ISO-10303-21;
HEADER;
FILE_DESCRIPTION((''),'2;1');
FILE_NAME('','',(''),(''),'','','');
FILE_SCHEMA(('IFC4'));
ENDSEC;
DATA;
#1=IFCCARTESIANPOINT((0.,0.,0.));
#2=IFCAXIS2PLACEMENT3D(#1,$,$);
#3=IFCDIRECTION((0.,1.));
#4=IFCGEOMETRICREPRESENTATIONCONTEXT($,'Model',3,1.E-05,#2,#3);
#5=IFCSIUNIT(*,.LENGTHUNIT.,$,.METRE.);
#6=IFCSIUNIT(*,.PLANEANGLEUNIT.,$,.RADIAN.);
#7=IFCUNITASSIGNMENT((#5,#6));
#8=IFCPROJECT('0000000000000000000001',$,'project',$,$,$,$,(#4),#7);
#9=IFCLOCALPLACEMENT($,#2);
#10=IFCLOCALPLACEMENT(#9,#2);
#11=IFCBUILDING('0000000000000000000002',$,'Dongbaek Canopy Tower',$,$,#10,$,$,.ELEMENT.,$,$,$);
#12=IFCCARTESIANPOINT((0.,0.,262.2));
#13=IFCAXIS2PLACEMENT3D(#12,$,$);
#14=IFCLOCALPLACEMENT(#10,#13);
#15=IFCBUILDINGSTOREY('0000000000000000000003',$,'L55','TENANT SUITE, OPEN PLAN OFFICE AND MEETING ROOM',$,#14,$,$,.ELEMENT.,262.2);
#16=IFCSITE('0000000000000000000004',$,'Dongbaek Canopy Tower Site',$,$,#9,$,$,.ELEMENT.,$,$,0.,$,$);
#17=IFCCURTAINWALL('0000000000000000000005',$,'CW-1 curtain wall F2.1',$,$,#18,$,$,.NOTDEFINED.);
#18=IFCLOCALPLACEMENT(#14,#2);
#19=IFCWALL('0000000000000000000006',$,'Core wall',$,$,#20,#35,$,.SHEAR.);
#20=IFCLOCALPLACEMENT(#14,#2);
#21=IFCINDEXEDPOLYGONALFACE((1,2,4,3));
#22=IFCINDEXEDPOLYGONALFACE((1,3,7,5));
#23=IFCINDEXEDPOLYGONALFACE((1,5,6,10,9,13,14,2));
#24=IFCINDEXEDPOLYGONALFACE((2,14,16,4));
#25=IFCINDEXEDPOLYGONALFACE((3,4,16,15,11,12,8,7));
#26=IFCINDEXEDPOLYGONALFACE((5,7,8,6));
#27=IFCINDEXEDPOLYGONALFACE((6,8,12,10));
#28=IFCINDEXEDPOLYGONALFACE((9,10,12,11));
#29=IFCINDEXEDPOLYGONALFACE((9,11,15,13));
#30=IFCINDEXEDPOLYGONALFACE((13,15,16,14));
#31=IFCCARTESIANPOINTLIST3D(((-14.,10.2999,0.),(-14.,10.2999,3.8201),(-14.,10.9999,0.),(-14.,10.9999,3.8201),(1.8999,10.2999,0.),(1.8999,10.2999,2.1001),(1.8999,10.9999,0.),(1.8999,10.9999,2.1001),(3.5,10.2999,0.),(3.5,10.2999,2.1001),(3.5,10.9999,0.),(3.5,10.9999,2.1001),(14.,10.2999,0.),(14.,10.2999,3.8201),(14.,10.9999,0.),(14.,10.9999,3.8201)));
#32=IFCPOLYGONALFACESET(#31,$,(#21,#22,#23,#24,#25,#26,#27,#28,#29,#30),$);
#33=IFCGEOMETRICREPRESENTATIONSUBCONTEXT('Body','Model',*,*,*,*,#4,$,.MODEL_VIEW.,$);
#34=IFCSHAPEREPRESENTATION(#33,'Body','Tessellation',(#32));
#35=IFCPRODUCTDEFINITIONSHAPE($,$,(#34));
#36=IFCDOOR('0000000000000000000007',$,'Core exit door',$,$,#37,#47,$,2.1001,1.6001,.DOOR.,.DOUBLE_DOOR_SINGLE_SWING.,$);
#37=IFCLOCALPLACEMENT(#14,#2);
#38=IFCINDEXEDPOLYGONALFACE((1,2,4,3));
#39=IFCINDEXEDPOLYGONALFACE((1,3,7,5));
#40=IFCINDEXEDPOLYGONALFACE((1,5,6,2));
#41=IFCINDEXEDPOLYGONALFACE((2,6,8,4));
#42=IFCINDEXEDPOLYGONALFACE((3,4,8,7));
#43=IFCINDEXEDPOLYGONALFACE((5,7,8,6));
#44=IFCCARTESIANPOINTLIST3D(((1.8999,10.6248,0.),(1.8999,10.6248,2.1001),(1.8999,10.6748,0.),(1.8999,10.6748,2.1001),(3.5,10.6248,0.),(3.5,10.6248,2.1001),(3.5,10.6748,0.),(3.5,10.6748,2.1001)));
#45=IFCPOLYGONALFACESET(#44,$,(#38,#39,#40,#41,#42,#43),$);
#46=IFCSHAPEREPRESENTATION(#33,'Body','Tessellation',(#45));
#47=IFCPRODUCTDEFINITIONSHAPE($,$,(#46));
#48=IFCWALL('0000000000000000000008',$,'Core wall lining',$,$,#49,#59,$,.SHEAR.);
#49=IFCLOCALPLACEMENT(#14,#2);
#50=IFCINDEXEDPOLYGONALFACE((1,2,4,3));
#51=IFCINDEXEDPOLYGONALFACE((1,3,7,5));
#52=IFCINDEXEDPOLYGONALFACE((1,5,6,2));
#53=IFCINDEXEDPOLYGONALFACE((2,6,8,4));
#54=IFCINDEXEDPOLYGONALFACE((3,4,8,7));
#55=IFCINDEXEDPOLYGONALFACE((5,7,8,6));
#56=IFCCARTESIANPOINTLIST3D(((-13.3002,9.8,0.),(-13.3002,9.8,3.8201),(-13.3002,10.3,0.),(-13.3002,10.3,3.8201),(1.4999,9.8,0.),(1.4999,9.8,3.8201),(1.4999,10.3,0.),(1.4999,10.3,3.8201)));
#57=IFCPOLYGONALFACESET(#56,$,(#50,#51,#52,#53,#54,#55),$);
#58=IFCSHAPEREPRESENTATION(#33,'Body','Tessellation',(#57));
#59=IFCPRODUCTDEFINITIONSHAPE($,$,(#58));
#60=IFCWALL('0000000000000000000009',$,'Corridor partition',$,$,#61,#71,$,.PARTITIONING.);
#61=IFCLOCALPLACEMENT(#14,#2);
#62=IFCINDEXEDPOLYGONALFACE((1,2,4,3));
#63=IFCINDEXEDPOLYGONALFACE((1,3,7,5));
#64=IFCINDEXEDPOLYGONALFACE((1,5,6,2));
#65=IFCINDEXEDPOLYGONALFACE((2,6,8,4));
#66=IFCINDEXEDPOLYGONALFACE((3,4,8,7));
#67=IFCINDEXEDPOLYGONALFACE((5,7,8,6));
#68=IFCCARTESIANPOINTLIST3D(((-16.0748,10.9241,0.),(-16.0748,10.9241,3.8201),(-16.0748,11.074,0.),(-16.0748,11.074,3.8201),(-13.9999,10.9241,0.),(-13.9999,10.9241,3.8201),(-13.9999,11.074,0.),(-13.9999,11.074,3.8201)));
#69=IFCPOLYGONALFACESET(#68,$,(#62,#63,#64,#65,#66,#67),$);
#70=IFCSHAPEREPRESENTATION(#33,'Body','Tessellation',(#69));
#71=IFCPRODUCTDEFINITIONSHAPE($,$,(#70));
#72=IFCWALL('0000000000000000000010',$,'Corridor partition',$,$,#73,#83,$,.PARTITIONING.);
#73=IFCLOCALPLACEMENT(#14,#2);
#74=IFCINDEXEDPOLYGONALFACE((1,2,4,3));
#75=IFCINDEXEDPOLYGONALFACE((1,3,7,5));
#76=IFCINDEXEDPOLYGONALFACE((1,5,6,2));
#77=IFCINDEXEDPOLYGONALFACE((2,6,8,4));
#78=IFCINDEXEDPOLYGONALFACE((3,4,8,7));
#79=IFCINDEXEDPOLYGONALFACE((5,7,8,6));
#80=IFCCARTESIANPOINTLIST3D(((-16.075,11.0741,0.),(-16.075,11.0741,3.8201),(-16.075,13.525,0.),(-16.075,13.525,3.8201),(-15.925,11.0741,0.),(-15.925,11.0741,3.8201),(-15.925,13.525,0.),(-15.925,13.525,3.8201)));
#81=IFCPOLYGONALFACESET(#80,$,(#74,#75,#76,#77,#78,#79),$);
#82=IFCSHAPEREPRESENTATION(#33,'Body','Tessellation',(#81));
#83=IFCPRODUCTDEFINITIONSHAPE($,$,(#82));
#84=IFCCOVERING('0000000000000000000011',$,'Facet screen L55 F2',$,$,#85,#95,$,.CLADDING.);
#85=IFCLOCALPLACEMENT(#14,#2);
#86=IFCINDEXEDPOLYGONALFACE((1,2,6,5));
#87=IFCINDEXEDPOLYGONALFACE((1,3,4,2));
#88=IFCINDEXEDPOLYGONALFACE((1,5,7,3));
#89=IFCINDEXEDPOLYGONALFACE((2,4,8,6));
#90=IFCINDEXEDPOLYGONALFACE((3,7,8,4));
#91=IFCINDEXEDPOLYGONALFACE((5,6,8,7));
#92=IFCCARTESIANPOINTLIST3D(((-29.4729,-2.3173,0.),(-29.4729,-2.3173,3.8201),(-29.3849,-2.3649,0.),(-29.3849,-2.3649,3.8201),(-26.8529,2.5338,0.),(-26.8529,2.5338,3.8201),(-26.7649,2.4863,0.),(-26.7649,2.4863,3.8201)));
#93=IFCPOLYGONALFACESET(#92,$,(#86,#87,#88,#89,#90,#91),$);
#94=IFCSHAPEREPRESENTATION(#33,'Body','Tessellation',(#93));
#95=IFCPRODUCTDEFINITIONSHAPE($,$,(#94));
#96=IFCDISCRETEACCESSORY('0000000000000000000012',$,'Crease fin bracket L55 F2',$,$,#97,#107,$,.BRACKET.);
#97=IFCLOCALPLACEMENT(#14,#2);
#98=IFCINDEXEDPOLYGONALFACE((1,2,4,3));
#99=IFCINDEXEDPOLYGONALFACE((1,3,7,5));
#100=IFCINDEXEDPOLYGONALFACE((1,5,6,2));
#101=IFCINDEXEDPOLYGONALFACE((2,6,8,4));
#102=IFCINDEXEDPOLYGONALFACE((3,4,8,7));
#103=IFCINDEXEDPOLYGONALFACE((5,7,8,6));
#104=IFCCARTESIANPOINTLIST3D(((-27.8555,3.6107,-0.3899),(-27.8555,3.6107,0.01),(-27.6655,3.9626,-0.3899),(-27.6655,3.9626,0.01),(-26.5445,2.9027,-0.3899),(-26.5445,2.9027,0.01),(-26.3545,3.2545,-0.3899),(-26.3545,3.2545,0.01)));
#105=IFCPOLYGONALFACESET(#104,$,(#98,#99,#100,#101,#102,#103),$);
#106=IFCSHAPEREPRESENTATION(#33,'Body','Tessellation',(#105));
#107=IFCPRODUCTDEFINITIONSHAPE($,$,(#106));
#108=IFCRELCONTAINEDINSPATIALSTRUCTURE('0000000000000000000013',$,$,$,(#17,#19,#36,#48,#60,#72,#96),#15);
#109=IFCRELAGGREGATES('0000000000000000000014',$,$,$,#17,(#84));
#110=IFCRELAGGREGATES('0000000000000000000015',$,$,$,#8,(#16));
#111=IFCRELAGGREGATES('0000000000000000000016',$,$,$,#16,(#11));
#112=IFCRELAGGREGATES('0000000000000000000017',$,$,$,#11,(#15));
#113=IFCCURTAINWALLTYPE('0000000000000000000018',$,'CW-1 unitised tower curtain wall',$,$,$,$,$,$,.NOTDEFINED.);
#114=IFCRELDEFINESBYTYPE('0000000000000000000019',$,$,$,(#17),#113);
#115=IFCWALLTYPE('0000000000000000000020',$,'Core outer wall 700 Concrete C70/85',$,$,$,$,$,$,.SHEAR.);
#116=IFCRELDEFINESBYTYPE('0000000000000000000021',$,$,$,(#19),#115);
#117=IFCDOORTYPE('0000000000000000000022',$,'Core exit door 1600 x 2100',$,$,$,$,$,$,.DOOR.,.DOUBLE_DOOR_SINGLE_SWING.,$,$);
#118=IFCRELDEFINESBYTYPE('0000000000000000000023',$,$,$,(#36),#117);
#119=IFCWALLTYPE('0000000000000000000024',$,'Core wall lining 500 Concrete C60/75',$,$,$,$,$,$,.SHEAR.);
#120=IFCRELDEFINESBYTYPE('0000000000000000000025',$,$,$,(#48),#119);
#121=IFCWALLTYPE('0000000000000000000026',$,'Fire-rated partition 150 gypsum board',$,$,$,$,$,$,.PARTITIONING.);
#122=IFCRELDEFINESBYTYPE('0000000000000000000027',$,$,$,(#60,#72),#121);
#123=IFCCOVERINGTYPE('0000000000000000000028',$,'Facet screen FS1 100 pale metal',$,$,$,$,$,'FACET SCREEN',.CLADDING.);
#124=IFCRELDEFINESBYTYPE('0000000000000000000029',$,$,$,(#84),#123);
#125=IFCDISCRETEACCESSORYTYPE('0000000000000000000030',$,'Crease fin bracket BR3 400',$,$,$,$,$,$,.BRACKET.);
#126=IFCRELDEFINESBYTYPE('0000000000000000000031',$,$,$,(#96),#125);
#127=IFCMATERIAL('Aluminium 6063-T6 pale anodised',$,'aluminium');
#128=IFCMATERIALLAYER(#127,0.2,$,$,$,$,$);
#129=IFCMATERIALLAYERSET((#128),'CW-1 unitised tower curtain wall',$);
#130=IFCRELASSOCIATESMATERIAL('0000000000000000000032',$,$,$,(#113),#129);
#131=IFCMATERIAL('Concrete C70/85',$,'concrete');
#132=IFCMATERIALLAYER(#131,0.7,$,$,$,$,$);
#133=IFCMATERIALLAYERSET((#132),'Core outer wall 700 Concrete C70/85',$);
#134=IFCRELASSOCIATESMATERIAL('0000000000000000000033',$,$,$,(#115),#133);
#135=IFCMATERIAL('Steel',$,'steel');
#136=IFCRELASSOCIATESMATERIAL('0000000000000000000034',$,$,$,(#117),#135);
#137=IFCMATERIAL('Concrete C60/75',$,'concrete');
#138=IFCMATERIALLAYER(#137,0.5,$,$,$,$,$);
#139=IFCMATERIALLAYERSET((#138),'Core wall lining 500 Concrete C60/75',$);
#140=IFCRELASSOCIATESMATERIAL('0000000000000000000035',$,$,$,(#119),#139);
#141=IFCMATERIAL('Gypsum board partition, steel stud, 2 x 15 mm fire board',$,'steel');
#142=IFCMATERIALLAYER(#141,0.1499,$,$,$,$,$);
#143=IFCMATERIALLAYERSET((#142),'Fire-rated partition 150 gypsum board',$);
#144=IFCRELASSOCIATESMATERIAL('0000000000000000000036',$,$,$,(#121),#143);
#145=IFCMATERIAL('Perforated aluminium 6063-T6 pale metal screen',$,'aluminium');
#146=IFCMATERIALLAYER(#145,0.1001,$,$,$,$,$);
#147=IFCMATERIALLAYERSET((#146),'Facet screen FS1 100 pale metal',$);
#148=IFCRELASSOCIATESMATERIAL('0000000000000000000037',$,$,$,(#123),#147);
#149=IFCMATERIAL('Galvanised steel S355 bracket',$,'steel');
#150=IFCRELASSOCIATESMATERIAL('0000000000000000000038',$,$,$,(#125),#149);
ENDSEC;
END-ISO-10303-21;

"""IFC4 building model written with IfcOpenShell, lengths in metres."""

from ifc_helpers import new_model, si_unit, direction, frame, frame_2d, origin, origin_2d, place, context, subcontext, project, spatial, rectangle, extrude, material, layer, layer_set, type_object, element, fill, aggregate, save


model = new_model("IFC4")

# Units and contexts
model_context = context("Model", 3, precision=1e-05, world=origin(), true_north=direction((0.0, 1.0)))
body_context = subcontext(model_context, "Body", "Model", "MODEL_VIEW")
ifc_project = project(units=[si_unit("LENGTHUNIT", "METRE"), si_unit("PLANEANGLEUNIT", "RADIAN")], contexts=[model_context])

# Site, building, storey
site_placement = place(None, origin())
site = spatial("IfcSite", under=ifc_project, at=site_placement, Name="Dongbaek Canopy Tower Site", CompositionType="ELEMENT", RefElevation=0.0)
building_placement = place(site_placement, origin())
building = spatial("IfcBuilding", under=site, at=building_placement, Name="Dongbaek Canopy Tower", CompositionType="ELEMENT")
storey_placement = place(building_placement, frame((0.0, 0.0, 262.2)))
storey = spatial("IfcBuildingStorey", under=building, at=storey_placement, Name="L55", Description="TENANT SUITE, OPEN PLAN OFFICE AND MEETING ROOM", CompositionType="ELEMENT", Elevation=262.2)

# Curtain wall
ifc_material_1 = material(Name="Aluminium 6063-T6 pale anodised", Category="aluminium")
ifc_layer_1 = layer(ifc_material_1, 0.2)
ifc_layer_set_1 = layer_set([ifc_layer_1], Name="CW-1 unitised tower curtain wall")
curtain_wall_type = type_object("IfcCurtainWallType", Name="CW-1 unitised tower curtain wall", PredefinedType="NOTDEFINED", material=ifc_layer_set_1)
curtain_wall_placement = place(storey_placement, origin())
curtain_wall = element("IfcCurtainWall", 1, at=curtain_wall_placement, inside=storey, type_object=curtain_wall_type, Name="CW-1 curtain wall F2.1", PredefinedType="NOTDEFINED")

# Wall, opening, door
ifc_material_2 = material(Name="Concrete C70/85", Category="concrete")
ifc_layer_2 = layer(ifc_material_2, 0.7)
ifc_layer_set_2 = layer_set([ifc_layer_2], Name="Core outer wall 700 Concrete C70/85")
wall_type_1 = type_object("IfcWallType", Name="Core outer wall 700 Concrete C70/85", PredefinedType="SHEAR", material=ifc_layer_set_2)
wall_1_placement = place(storey_placement, frame((-14.0, 10.6499, 0.0), z_axis=(0.0, 0.0, 1.0), x_axis=(1.0, 0.0, 0.0)))
wall_1 = element("IfcWall", 2, at=wall_1_placement, inside=storey, type_object=wall_type_1, Name="Core wall", PredefinedType="SHEAR", context=body_context, shape_type="SweptSolid", body=[
    extrude(rectangle(XDim=28.0, YDim=0.7, at=frame_2d((14.0, 0.0))), origin(), (0.0, 0.0, 1.0), 3.8201),
])
opening_placement = place(wall_1_placement, frame((15.8999, 0.0, 0.0)))
opening = element("IfcOpeningElement", 3, at=opening_placement, cuts=wall_1, PredefinedType="OPENING", context=body_context, shape_type="SweptSolid", body=[
    extrude(rectangle(XDim=1.6001, YDim=2.1001, at=frame_2d((0.8, 1.05))), frame((0.0, 0.3599, 0.0), z_axis=(0.0, -1.0, 0.0), x_axis=(1.0, 0.0, 0.0)), (0.0, 0.0, 1.0), 0.72),
])
ifc_material_3 = material(Name="Steel", Category="steel")
door_type = type_object("IfcDoorType", Name="Core exit door 1600 x 2100", OperationType="DOUBLE_DOOR_SINGLE_SWING", PredefinedType="DOOR", material=ifc_material_3)
door_placement = place(opening_placement, origin())
door = element("IfcDoor", 4, at=door_placement, inside=storey, type_object=door_type, Name="Core exit door", OperationType="DOUBLE_DOOR_SINGLE_SWING", OverallHeight=2.1001, OverallWidth=1.6001, PredefinedType="DOOR", context=body_context, shape_type="SweptSolid", body=[
    extrude(rectangle(XDim=1.6001, YDim=2.1001, at=frame_2d((0.8, 1.05))), frame((0.0, 0.0249, 0.0), z_axis=(0.0, -1.0, 0.0), x_axis=(1.0, 0.0, 0.0)), (0.0, 0.0, 1.0), 0.05),
])
fill(opening, door)

# Walls
ifc_material_4 = material(Name="Concrete C60/75", Category="concrete")
ifc_layer_3 = layer(ifc_material_4, 0.5)
ifc_layer_set_3 = layer_set([ifc_layer_3], Name="Core wall lining 500 Concrete C60/75")
wall_type_2 = type_object("IfcWallType", Name="Core wall lining 500 Concrete C60/75", PredefinedType="SHEAR", material=ifc_layer_set_3)
wall_2_placement = place(storey_placement, frame((-13.3, 10.05, 0.0), z_axis=(0.0, 0.0, 1.0), x_axis=(1.0, 0.0, 0.0)))
element("IfcWall", 5, at=wall_2_placement, inside=storey, type_object=wall_type_2, Name="Core wall lining", PredefinedType="SHEAR", context=body_context, shape_type="SweptSolid", body=[
    extrude(rectangle(XDim=14.8, YDim=0.5, at=frame_2d((7.3999, 0.0))), origin(), (0.0, 0.0, 1.0), 3.8201),
])
ifc_material_5 = material(Name="Gypsum board partition, steel stud, 2 x 15 mm fire board", Category="steel")
ifc_layer_4 = layer(ifc_material_5, 0.1499)
ifc_layer_set_4 = layer_set([ifc_layer_4], Name="Fire-rated partition 150 gypsum board")
wall_type_3 = type_object("IfcWallType", Name="Fire-rated partition 150 gypsum board", PredefinedType="PARTITIONING", material=ifc_layer_set_4)
wall_3_placement = place(storey_placement, frame((-16.075, 10.999, 0.0), z_axis=(0.0, 0.0, 1.0), x_axis=(1.0, 0.0, 0.0)))
element("IfcWall", 6, at=wall_3_placement, inside=storey, type_object=wall_type_3, Name="Corridor partition", PredefinedType="PARTITIONING", context=body_context, shape_type="SweptSolid", body=[
    extrude(rectangle(XDim=2.075, YDim=0.1499, at=frame_2d((1.0376, 0.0))), origin(), (0.0, 0.0, 1.0), 3.8201),
])
wall_4_placement = place(storey_placement, frame((-16.0, 11.074, 0.0), z_axis=(0.0, 0.0, 1.0), x_axis=(0.0, 1.0, 0.0)))
element("IfcWall", 7, at=wall_4_placement, inside=storey, type_object=wall_type_3, Name="Corridor partition", PredefinedType="PARTITIONING", context=body_context, shape_type="SweptSolid", body=[
    extrude(rectangle(XDim=2.4509, YDim=0.1499, at=frame_2d((1.2256, 0.0))), origin(), (0.0, 0.0, 1.0), 3.8201),
])

# Covering
ifc_material_6 = material(Name="Perforated aluminium 6063-T6 pale metal screen", Category="aluminium")
ifc_layer_5 = layer(ifc_material_6, 0.1001)
ifc_layer_set_5 = layer_set([ifc_layer_5], Name="Facet screen FS1 100 pale metal")
covering_type = type_object("IfcCoveringType", Name="Facet screen FS1 100 pale metal", ElementType="FACET SCREEN", PredefinedType="CLADDING", material=ifc_layer_set_5)
covering_placement = place(storey_placement, frame((-28.1189, 0.0845, 0.0), z_axis=(0.0, 0.0, 1.0), x_axis=(-0.475202, -0.879877, 0.0)))
covering = element("IfcCovering", 8, at=covering_placement, type_object=covering_type, Name="Facet screen L55 F2", PredefinedType="CLADDING", context=body_context, shape_type="SweptSolid", body=[
    extrude(rectangle(XDim=5.5134, YDim=0.1001, at=origin_2d()), origin(), (0.0, 0.0, 1.0), 3.8201),
])
aggregate(curtain_wall, [covering])

# Discrete accessory
ifc_material_7 = material(Name="Galvanised steel S355 bracket", Category="steel")
discrete_accessory_type = type_object("IfcDiscreteAccessoryType", Name="Crease fin bracket BR3 400", PredefinedType="BRACKET", material=ifc_material_7)
discrete_accessory_placement = place(storey_placement, frame((-27.105, 3.4326, -0.3899), z_axis=(0.0, 0.0, 1.0), x_axis=(-0.879877, 0.475202, 0.0)))
element("IfcDiscreteAccessory", 9, at=discrete_accessory_placement, inside=storey, type_object=discrete_accessory_type, Name="Crease fin bracket L55 F2", PredefinedType="BRACKET", context=body_context, shape_type="SweptSolid", body=[
    extrude(rectangle(XDim=1.49, YDim=0.3999, at=origin_2d()), origin(), (0.0, 0.0, 1.0), 0.3999),
])

save(model, "model.ifc")
